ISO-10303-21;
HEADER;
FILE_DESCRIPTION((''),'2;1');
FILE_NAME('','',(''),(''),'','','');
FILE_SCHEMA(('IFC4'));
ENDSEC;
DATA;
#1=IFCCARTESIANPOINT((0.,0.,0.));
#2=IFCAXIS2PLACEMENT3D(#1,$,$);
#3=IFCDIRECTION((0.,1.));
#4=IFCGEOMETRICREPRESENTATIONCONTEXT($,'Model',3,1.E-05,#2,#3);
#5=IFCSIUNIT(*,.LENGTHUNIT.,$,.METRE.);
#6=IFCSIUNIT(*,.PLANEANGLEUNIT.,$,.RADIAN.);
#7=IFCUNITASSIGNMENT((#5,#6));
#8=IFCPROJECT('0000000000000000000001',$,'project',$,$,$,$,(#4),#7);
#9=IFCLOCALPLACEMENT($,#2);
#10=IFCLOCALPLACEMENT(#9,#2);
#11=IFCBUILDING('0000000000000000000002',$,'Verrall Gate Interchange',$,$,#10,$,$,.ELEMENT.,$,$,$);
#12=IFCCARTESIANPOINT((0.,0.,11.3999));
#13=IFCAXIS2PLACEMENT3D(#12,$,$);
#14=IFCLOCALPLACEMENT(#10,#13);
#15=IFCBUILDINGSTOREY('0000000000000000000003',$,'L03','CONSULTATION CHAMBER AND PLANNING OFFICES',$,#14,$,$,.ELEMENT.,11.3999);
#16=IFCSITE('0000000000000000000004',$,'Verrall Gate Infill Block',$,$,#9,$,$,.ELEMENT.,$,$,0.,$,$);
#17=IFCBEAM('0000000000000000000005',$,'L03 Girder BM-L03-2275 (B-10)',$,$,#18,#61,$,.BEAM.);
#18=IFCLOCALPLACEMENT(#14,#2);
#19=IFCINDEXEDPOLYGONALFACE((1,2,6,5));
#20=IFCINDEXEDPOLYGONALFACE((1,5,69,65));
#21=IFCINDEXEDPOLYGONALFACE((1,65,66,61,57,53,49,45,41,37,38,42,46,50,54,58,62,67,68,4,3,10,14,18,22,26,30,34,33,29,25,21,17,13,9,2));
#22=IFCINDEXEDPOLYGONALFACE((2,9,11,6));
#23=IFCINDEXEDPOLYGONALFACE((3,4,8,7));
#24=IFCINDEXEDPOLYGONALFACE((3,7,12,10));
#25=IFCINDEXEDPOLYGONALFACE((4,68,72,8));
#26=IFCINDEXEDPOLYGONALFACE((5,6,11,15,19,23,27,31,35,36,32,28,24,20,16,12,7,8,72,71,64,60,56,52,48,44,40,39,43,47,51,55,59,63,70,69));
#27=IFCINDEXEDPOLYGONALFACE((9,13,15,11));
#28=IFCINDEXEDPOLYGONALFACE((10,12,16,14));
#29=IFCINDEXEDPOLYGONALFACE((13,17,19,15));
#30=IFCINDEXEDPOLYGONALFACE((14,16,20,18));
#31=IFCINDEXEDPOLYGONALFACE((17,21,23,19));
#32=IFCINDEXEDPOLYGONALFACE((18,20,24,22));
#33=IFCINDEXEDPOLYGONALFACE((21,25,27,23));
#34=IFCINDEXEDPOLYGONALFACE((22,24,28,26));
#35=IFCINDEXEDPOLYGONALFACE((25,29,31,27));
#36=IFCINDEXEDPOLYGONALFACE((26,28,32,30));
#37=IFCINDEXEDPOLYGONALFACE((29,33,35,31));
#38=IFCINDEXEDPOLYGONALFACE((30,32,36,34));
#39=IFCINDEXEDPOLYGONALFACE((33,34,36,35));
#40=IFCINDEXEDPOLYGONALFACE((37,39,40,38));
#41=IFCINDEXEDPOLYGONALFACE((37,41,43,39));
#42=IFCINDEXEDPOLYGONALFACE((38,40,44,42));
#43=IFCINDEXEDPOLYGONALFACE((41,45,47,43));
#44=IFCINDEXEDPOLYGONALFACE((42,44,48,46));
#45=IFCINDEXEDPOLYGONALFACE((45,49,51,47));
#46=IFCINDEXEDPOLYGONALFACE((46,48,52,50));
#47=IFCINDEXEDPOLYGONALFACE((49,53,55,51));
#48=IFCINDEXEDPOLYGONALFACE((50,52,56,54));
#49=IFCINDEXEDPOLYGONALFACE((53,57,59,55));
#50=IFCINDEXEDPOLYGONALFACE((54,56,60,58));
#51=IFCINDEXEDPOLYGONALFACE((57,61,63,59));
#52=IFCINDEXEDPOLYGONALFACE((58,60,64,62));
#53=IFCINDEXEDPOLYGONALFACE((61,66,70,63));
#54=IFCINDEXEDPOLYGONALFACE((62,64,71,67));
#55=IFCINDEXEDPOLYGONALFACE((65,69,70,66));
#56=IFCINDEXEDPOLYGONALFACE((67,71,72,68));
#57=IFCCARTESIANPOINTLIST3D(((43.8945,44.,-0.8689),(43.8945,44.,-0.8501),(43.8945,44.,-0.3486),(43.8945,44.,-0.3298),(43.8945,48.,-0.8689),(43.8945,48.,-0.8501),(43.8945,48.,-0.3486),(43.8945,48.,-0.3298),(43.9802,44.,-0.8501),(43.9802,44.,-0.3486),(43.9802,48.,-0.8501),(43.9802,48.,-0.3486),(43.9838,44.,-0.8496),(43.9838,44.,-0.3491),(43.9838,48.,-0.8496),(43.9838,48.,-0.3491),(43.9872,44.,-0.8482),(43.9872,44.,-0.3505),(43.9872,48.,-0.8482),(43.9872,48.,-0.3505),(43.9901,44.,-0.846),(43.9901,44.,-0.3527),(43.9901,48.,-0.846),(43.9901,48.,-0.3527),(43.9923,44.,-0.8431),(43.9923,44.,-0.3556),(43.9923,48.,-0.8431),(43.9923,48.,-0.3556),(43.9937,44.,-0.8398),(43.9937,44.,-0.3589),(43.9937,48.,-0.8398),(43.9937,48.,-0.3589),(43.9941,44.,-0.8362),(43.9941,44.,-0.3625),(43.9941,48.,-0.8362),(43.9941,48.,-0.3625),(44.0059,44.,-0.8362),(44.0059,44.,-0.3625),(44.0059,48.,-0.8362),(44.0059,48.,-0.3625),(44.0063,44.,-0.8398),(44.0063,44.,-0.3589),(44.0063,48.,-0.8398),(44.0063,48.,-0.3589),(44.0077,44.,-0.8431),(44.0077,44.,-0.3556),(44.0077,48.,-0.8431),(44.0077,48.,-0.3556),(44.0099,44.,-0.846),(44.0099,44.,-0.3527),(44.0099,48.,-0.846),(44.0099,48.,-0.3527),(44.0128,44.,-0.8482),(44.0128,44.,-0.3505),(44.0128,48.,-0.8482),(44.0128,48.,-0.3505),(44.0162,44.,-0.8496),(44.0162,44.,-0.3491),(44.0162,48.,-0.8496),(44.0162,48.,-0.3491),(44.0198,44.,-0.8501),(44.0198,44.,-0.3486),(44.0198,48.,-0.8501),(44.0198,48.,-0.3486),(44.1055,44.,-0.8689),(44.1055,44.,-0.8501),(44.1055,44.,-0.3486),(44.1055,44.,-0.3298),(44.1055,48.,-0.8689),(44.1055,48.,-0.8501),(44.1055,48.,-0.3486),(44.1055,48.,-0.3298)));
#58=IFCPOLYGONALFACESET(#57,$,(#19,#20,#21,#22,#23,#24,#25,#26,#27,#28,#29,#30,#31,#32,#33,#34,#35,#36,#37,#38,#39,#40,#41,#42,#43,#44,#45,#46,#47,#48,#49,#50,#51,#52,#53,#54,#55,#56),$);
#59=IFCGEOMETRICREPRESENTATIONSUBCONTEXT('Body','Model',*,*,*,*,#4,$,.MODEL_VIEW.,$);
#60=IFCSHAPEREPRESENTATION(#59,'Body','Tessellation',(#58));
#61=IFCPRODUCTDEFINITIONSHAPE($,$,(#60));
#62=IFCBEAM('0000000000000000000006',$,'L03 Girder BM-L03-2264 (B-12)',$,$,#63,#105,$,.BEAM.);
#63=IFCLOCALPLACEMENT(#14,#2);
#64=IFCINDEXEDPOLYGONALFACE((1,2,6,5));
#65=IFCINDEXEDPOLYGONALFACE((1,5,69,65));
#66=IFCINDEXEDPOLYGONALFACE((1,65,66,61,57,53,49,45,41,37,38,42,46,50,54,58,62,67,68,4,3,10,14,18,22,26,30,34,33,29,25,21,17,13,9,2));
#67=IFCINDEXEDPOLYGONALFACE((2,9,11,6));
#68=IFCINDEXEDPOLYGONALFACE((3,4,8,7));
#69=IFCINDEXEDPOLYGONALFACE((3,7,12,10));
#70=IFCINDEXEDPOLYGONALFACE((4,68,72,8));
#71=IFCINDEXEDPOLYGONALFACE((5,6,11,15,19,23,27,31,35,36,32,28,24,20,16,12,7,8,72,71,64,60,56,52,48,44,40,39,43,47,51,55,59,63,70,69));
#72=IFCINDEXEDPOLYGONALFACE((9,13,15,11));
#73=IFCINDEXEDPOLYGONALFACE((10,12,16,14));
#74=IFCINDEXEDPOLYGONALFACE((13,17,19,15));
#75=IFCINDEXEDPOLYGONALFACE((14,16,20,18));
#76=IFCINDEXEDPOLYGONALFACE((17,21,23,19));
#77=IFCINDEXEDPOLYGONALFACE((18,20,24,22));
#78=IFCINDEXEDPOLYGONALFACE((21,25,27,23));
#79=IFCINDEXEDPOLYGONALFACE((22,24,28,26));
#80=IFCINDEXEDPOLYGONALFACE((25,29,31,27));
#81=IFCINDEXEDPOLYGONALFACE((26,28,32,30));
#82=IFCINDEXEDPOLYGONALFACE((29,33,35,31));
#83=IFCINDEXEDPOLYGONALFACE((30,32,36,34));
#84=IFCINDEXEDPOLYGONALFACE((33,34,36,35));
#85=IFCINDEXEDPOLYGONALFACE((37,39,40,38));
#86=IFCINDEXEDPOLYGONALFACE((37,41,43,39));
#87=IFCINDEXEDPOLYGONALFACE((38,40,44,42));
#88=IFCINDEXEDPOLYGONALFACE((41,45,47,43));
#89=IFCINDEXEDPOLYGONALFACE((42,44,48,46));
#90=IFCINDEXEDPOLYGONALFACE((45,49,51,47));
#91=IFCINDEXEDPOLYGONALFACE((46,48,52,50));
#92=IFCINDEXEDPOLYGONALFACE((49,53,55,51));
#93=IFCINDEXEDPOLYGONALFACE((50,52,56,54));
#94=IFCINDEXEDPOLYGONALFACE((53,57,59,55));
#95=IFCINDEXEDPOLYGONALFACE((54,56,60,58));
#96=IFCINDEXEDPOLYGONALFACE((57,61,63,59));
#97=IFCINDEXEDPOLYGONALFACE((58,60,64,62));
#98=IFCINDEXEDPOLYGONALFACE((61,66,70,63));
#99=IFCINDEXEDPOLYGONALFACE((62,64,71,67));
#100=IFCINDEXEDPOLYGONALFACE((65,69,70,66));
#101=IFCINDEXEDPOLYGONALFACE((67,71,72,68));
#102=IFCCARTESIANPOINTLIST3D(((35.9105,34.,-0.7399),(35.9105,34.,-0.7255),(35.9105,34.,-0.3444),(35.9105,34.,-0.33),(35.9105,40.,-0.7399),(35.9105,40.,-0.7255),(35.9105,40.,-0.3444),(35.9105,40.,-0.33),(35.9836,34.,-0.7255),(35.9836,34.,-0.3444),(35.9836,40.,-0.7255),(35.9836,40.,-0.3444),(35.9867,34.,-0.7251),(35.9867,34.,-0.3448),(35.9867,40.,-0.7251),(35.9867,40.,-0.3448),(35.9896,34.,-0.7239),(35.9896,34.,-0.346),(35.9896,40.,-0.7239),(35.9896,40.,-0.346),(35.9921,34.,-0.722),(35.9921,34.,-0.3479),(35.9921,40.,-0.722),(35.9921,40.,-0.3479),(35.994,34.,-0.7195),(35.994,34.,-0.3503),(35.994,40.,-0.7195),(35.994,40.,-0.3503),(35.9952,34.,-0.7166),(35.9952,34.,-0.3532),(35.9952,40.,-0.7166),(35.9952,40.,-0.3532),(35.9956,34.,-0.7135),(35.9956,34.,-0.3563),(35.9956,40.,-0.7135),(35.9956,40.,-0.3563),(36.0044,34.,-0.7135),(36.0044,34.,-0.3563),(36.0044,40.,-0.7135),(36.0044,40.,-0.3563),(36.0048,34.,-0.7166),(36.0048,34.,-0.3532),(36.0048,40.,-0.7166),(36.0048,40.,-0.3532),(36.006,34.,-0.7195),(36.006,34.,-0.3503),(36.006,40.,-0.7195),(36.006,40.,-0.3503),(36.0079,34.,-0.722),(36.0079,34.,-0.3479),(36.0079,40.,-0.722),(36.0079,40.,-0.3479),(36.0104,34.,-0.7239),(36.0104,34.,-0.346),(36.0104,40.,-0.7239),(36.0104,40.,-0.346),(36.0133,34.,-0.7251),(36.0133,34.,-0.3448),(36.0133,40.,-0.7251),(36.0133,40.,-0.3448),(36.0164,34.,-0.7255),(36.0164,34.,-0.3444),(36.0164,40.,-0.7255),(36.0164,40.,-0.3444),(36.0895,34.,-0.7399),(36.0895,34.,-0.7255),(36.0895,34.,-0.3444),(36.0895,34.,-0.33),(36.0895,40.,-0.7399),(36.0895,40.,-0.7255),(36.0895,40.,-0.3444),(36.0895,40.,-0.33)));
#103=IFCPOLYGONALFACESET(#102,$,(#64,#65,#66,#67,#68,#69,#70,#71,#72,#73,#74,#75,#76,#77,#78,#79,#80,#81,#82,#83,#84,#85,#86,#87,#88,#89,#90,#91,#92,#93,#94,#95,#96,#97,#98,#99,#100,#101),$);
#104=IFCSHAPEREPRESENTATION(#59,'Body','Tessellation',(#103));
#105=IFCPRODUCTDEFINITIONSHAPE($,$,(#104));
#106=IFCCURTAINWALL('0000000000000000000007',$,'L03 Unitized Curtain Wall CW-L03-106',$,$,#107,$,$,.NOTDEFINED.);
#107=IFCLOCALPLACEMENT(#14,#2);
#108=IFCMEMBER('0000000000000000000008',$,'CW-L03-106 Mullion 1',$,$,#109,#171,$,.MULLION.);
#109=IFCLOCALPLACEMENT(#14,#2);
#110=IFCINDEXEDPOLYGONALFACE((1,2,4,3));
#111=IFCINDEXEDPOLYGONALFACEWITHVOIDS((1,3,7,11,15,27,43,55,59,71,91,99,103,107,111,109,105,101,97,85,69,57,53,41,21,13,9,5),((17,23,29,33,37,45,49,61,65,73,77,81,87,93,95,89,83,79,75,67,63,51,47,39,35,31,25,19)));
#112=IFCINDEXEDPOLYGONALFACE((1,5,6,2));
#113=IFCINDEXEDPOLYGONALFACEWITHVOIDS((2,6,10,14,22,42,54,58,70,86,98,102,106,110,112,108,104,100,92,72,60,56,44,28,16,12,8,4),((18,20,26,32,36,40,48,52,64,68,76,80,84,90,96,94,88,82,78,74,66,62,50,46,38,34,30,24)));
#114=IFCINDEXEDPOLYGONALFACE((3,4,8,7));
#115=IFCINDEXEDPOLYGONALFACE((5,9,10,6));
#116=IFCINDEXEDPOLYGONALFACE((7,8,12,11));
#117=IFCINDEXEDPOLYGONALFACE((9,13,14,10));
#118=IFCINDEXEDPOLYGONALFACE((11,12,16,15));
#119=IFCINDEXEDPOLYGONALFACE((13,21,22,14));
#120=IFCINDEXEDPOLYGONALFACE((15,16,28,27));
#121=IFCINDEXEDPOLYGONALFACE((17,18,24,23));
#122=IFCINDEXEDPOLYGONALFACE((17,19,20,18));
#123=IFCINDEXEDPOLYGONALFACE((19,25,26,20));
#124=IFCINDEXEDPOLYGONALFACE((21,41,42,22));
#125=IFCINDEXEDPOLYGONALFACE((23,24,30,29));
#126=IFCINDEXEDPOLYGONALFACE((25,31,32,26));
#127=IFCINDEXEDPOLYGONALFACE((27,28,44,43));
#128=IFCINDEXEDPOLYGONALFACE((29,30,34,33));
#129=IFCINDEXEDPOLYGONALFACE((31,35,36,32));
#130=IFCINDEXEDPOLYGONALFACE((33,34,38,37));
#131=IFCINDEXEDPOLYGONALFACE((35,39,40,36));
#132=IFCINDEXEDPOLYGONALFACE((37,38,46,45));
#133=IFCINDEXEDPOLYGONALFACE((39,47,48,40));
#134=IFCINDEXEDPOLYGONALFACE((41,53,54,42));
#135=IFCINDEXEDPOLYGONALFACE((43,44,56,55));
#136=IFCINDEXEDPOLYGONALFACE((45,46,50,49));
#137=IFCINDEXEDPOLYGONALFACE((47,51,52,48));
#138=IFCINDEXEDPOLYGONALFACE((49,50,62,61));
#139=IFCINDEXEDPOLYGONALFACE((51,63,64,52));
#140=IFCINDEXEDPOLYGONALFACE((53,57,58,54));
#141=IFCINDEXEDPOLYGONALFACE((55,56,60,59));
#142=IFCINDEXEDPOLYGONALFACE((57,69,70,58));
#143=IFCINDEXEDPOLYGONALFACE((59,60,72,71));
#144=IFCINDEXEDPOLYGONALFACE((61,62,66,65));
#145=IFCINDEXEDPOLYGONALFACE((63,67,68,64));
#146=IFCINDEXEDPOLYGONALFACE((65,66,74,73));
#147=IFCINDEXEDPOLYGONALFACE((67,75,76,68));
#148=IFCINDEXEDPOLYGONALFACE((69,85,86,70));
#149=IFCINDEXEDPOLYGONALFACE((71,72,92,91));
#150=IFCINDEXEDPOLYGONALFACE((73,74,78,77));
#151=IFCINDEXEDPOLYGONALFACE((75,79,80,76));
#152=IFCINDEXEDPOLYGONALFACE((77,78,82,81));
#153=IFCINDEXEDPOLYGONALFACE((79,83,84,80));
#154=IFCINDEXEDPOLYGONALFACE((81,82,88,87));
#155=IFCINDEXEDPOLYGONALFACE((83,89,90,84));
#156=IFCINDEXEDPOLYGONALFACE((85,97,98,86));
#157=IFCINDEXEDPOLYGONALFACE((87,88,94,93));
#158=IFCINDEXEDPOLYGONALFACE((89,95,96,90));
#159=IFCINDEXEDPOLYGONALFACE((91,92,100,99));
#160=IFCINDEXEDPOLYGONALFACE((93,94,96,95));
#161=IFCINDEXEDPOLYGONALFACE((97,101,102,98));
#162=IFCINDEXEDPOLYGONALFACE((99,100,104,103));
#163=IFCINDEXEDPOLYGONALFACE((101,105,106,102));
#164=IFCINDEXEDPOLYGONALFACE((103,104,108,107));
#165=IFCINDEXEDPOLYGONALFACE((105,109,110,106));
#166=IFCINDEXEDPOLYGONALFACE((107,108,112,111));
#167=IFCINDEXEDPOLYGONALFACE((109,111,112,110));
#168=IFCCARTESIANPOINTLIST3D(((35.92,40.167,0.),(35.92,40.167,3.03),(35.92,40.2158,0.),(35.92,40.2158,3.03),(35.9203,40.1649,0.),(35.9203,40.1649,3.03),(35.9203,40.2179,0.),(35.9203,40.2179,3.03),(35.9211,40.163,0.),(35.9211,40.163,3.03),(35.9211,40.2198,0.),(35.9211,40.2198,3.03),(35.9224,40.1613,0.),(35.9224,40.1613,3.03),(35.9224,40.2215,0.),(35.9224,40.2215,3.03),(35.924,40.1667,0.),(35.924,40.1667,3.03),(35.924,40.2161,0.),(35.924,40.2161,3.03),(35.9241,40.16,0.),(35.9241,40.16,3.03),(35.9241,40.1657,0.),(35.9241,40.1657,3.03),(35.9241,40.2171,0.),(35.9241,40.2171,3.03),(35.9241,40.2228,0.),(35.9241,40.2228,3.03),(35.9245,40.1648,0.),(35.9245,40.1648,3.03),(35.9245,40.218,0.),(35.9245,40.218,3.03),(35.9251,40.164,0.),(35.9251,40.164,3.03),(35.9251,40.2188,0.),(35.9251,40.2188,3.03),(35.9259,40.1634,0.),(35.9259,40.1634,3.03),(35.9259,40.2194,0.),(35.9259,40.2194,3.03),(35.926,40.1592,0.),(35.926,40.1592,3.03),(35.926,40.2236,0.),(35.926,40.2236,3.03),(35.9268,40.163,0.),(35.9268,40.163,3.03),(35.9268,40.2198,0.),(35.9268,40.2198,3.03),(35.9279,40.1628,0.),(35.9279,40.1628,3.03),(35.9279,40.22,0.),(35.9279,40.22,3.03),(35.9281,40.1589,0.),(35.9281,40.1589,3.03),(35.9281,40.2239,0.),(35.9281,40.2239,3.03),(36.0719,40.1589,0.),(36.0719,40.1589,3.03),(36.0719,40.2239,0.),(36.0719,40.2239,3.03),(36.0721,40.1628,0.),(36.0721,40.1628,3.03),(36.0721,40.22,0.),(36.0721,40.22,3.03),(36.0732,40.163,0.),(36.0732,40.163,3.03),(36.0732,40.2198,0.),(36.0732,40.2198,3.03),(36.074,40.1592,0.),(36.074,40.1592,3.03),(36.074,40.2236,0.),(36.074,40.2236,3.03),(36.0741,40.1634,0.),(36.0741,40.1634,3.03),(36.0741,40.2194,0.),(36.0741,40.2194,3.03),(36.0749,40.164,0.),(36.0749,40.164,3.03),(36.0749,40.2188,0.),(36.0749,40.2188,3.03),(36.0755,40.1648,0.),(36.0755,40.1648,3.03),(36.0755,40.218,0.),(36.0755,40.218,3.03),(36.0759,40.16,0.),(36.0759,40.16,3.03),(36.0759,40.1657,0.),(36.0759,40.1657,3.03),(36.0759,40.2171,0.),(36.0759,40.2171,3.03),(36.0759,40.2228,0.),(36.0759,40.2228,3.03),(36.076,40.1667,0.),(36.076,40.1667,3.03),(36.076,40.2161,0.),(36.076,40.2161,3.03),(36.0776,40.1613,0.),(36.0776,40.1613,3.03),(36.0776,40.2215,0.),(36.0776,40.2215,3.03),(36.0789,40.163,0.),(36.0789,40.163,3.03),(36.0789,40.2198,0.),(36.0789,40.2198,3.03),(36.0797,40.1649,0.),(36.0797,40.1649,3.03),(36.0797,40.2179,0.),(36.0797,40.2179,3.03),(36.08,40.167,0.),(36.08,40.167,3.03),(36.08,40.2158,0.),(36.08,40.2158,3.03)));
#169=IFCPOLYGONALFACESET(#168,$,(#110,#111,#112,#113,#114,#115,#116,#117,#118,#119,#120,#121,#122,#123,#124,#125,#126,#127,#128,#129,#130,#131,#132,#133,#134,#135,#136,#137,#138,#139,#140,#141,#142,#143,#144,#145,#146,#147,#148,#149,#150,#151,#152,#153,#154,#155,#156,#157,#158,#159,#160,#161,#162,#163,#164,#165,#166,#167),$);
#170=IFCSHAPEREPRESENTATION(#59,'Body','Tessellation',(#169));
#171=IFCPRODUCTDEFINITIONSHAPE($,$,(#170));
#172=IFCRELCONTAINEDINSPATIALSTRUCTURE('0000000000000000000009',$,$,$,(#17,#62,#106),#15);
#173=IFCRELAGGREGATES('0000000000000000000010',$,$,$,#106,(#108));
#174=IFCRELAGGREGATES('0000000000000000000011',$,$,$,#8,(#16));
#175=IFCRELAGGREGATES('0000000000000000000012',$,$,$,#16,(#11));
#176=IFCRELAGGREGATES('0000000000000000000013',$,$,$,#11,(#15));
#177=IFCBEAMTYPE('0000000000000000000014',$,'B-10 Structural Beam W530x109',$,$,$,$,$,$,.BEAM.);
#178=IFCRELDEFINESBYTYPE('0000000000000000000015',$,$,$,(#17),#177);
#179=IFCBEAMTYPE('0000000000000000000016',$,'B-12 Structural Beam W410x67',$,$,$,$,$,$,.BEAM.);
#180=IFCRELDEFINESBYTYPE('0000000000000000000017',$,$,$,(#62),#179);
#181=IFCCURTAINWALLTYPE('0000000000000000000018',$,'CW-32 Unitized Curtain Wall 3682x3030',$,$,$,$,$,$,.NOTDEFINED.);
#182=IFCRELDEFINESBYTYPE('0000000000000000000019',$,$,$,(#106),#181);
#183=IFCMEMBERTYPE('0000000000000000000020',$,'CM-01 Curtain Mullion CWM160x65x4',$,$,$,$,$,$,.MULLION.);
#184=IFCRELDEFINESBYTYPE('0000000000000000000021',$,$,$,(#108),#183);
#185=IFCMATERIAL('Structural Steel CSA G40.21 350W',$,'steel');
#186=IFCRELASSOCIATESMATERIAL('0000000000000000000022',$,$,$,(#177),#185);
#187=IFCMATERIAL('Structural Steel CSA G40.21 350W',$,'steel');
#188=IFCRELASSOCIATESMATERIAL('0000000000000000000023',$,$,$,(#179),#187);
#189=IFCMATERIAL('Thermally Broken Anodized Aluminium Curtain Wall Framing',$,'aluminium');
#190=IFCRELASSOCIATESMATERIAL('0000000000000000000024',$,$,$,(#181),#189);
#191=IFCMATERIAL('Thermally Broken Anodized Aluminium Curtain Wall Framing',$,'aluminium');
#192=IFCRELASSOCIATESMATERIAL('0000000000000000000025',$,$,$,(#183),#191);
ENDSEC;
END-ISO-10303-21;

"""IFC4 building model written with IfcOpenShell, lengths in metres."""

from ifc_helpers import new_model, si_unit, direction, frame, origin, origin_2d, place, context, subcontext, project, spatial, hollow_rectangle, i_section, extrude, material, material_profile, profile_set, type_object, element, aggregate, save


model = new_model("IFC4")

# Units and contexts
model_context = context("Model", 3, precision=1e-05, world=origin(), true_north=direction((0.0, 1.0)))
body_context = subcontext(model_context, "Body", "Model", "MODEL_VIEW")
ifc_project = project(units=[si_unit("LENGTHUNIT", "METRE"), si_unit("PLANEANGLEUNIT", "RADIAN")], contexts=[model_context])

# Site, building, storey
site_placement = place(None, origin())
site = spatial("IfcSite", under=ifc_project, at=site_placement, Name="Verrall Gate Infill Block", CompositionType="ELEMENT", RefElevation=0.0)
building_placement = place(site_placement, origin())
building = spatial("IfcBuilding", under=site, at=building_placement, Name="Verrall Gate Interchange", CompositionType="ELEMENT")
storey_placement = place(building_placement, frame((0.0, 0.0, 11.3999)))
storey = spatial("IfcBuildingStorey", under=building, at=storey_placement, Name="L03", Description="CONSULTATION CHAMBER AND PLANNING OFFICES", CompositionType="ELEMENT", Elevation=11.3999)

# Beams
ifc_material_1 = material(Name="Structural Steel CSA G40.21 350W", Category="steel")
ifc_material_profile_1 = material_profile(ifc_material_1, i_section(OverallWidth=0.2109, OverallDepth=0.5391, WebThickness=0.0117, FlangeThickness=0.0188, FilletRadius=0.0139, at=origin_2d()), Name="W530x109")
ifc_profile_set_1 = profile_set([ifc_material_profile_1], Name="Structural Steel CSA G40.21 350W")
beam_type_1 = type_object("IfcBeamType", Name="B-10 Structural Beam W530x109", PredefinedType="BEAM", material=ifc_profile_set_1)
for number, where, z_axis, x_axis, name in (
    (1, (44.0, 44.0, -0.5994), (0.0, 1.0, 0.0), (-1.0, 0.0, 0.0), "L03 Girder BM-L03-2275 (B-10)"),
):
    element("IfcBeam", number, at=place(storey_placement, frame(where, z_axis=z_axis, x_axis=x_axis)), inside=storey, type_object=beam_type_1, Name=name, PredefinedType="BEAM", context=body_context, shape_type="SweptSolid", body=[
        extrude(i_section(OverallWidth=0.2109, OverallDepth=0.5391, WebThickness=0.0117, FlangeThickness=0.0188, FilletRadius=0.0139, at=origin_2d()), origin(), (0.0, 0.0, 1.0), 4.0),
    ])
ifc_material_2 = material(Name="Structural Steel CSA G40.21 350W", Category="steel")
ifc_material_profile_2 = material_profile(ifc_material_2, i_section(OverallWidth=0.179, OverallDepth=0.4099, WebThickness=0.0088, FlangeThickness=0.0144, FilletRadius=0.012, at=origin_2d()), Name="W410x67")
ifc_profile_set_2 = profile_set([ifc_material_profile_2], Name="Structural Steel CSA G40.21 350W")
beam_type_2 = type_object("IfcBeamType", Name="B-12 Structural Beam W410x67", PredefinedType="BEAM", material=ifc_profile_set_2)
beam_1_placement = place(storey_placement, frame((36.0, 34.0, -0.5349), z_axis=(0.0, 1.0, 0.0), x_axis=(-1.0, 0.0, 0.0)))
element("IfcBeam", 2, at=beam_1_placement, inside=storey, type_object=beam_type_2, Name="L03 Girder BM-L03-2264 (B-12)", PredefinedType="BEAM", context=body_context, shape_type="SweptSolid", body=[
    extrude(i_section(OverallWidth=0.179, OverallDepth=0.4099, WebThickness=0.0088, FlangeThickness=0.0144, FilletRadius=0.012, at=origin_2d()), origin(), (0.0, 0.0, 1.0), 6.0),
])

# Curtain wall, member
ifc_material_3 = material(Name="Thermally Broken Anodized Aluminium Curtain Wall Framing", Category="aluminium")
curtain_wall_type = type_object("IfcCurtainWallType", Name="CW-32 Unitized Curtain Wall 3682x3030", PredefinedType="NOTDEFINED", material=ifc_material_3)
curtain_wall_placement = place(storey_placement, origin())
curtain_wall = element("IfcCurtainWall", 3, at=curtain_wall_placement, inside=storey, type_object=curtain_wall_type, Name="L03 Unitized Curtain Wall CW-L03-106", PredefinedType="NOTDEFINED")
ifc_material_4 = material(Name="Thermally Broken Anodized Aluminium Curtain Wall Framing", Category="aluminium")
ifc_material_profile_3 = material_profile(ifc_material_4, hollow_rectangle(XDim=0.0649, YDim=0.1599, WallThickness=0.0039, InnerFilletRadius=0.0039, OuterFilletRadius=0.0081, at=origin_2d()), Name="CWM160x65x4")
ifc_profile_set_3 = profile_set([ifc_material_profile_3], Name="Thermally Broken Anodized Aluminium Curtain Wall Framing")
member_type_1 = type_object("IfcMemberType", Name="CM-01 Curtain Mullion CWM160x65x4", PredefinedType="MULLION", material=ifc_profile_set_3)
member_1_placement = place(storey_placement, frame((36.0, 40.1914, 0.0), z_axis=(0.0, 0.0, 1.0), x_axis=(0.0, 1.0, 0.0)))
member_1 = element("IfcMember", 4, at=member_1_placement, type_object=member_type_1, Name="CW-L03-106 Mullion 1", PredefinedType="MULLION", context=body_context, shape_type="SweptSolid", body=[
    extrude(hollow_rectangle(XDim=0.0649, YDim=0.1599, WallThickness=0.0039, InnerFilletRadius=0.0039, OuterFilletRadius=0.0081, at=origin_2d()), origin(), (0.0, 0.0, 1.0), 3.03),
])

aggregate(curtain_wall, [member_1])

save(model, "model.ifc")
